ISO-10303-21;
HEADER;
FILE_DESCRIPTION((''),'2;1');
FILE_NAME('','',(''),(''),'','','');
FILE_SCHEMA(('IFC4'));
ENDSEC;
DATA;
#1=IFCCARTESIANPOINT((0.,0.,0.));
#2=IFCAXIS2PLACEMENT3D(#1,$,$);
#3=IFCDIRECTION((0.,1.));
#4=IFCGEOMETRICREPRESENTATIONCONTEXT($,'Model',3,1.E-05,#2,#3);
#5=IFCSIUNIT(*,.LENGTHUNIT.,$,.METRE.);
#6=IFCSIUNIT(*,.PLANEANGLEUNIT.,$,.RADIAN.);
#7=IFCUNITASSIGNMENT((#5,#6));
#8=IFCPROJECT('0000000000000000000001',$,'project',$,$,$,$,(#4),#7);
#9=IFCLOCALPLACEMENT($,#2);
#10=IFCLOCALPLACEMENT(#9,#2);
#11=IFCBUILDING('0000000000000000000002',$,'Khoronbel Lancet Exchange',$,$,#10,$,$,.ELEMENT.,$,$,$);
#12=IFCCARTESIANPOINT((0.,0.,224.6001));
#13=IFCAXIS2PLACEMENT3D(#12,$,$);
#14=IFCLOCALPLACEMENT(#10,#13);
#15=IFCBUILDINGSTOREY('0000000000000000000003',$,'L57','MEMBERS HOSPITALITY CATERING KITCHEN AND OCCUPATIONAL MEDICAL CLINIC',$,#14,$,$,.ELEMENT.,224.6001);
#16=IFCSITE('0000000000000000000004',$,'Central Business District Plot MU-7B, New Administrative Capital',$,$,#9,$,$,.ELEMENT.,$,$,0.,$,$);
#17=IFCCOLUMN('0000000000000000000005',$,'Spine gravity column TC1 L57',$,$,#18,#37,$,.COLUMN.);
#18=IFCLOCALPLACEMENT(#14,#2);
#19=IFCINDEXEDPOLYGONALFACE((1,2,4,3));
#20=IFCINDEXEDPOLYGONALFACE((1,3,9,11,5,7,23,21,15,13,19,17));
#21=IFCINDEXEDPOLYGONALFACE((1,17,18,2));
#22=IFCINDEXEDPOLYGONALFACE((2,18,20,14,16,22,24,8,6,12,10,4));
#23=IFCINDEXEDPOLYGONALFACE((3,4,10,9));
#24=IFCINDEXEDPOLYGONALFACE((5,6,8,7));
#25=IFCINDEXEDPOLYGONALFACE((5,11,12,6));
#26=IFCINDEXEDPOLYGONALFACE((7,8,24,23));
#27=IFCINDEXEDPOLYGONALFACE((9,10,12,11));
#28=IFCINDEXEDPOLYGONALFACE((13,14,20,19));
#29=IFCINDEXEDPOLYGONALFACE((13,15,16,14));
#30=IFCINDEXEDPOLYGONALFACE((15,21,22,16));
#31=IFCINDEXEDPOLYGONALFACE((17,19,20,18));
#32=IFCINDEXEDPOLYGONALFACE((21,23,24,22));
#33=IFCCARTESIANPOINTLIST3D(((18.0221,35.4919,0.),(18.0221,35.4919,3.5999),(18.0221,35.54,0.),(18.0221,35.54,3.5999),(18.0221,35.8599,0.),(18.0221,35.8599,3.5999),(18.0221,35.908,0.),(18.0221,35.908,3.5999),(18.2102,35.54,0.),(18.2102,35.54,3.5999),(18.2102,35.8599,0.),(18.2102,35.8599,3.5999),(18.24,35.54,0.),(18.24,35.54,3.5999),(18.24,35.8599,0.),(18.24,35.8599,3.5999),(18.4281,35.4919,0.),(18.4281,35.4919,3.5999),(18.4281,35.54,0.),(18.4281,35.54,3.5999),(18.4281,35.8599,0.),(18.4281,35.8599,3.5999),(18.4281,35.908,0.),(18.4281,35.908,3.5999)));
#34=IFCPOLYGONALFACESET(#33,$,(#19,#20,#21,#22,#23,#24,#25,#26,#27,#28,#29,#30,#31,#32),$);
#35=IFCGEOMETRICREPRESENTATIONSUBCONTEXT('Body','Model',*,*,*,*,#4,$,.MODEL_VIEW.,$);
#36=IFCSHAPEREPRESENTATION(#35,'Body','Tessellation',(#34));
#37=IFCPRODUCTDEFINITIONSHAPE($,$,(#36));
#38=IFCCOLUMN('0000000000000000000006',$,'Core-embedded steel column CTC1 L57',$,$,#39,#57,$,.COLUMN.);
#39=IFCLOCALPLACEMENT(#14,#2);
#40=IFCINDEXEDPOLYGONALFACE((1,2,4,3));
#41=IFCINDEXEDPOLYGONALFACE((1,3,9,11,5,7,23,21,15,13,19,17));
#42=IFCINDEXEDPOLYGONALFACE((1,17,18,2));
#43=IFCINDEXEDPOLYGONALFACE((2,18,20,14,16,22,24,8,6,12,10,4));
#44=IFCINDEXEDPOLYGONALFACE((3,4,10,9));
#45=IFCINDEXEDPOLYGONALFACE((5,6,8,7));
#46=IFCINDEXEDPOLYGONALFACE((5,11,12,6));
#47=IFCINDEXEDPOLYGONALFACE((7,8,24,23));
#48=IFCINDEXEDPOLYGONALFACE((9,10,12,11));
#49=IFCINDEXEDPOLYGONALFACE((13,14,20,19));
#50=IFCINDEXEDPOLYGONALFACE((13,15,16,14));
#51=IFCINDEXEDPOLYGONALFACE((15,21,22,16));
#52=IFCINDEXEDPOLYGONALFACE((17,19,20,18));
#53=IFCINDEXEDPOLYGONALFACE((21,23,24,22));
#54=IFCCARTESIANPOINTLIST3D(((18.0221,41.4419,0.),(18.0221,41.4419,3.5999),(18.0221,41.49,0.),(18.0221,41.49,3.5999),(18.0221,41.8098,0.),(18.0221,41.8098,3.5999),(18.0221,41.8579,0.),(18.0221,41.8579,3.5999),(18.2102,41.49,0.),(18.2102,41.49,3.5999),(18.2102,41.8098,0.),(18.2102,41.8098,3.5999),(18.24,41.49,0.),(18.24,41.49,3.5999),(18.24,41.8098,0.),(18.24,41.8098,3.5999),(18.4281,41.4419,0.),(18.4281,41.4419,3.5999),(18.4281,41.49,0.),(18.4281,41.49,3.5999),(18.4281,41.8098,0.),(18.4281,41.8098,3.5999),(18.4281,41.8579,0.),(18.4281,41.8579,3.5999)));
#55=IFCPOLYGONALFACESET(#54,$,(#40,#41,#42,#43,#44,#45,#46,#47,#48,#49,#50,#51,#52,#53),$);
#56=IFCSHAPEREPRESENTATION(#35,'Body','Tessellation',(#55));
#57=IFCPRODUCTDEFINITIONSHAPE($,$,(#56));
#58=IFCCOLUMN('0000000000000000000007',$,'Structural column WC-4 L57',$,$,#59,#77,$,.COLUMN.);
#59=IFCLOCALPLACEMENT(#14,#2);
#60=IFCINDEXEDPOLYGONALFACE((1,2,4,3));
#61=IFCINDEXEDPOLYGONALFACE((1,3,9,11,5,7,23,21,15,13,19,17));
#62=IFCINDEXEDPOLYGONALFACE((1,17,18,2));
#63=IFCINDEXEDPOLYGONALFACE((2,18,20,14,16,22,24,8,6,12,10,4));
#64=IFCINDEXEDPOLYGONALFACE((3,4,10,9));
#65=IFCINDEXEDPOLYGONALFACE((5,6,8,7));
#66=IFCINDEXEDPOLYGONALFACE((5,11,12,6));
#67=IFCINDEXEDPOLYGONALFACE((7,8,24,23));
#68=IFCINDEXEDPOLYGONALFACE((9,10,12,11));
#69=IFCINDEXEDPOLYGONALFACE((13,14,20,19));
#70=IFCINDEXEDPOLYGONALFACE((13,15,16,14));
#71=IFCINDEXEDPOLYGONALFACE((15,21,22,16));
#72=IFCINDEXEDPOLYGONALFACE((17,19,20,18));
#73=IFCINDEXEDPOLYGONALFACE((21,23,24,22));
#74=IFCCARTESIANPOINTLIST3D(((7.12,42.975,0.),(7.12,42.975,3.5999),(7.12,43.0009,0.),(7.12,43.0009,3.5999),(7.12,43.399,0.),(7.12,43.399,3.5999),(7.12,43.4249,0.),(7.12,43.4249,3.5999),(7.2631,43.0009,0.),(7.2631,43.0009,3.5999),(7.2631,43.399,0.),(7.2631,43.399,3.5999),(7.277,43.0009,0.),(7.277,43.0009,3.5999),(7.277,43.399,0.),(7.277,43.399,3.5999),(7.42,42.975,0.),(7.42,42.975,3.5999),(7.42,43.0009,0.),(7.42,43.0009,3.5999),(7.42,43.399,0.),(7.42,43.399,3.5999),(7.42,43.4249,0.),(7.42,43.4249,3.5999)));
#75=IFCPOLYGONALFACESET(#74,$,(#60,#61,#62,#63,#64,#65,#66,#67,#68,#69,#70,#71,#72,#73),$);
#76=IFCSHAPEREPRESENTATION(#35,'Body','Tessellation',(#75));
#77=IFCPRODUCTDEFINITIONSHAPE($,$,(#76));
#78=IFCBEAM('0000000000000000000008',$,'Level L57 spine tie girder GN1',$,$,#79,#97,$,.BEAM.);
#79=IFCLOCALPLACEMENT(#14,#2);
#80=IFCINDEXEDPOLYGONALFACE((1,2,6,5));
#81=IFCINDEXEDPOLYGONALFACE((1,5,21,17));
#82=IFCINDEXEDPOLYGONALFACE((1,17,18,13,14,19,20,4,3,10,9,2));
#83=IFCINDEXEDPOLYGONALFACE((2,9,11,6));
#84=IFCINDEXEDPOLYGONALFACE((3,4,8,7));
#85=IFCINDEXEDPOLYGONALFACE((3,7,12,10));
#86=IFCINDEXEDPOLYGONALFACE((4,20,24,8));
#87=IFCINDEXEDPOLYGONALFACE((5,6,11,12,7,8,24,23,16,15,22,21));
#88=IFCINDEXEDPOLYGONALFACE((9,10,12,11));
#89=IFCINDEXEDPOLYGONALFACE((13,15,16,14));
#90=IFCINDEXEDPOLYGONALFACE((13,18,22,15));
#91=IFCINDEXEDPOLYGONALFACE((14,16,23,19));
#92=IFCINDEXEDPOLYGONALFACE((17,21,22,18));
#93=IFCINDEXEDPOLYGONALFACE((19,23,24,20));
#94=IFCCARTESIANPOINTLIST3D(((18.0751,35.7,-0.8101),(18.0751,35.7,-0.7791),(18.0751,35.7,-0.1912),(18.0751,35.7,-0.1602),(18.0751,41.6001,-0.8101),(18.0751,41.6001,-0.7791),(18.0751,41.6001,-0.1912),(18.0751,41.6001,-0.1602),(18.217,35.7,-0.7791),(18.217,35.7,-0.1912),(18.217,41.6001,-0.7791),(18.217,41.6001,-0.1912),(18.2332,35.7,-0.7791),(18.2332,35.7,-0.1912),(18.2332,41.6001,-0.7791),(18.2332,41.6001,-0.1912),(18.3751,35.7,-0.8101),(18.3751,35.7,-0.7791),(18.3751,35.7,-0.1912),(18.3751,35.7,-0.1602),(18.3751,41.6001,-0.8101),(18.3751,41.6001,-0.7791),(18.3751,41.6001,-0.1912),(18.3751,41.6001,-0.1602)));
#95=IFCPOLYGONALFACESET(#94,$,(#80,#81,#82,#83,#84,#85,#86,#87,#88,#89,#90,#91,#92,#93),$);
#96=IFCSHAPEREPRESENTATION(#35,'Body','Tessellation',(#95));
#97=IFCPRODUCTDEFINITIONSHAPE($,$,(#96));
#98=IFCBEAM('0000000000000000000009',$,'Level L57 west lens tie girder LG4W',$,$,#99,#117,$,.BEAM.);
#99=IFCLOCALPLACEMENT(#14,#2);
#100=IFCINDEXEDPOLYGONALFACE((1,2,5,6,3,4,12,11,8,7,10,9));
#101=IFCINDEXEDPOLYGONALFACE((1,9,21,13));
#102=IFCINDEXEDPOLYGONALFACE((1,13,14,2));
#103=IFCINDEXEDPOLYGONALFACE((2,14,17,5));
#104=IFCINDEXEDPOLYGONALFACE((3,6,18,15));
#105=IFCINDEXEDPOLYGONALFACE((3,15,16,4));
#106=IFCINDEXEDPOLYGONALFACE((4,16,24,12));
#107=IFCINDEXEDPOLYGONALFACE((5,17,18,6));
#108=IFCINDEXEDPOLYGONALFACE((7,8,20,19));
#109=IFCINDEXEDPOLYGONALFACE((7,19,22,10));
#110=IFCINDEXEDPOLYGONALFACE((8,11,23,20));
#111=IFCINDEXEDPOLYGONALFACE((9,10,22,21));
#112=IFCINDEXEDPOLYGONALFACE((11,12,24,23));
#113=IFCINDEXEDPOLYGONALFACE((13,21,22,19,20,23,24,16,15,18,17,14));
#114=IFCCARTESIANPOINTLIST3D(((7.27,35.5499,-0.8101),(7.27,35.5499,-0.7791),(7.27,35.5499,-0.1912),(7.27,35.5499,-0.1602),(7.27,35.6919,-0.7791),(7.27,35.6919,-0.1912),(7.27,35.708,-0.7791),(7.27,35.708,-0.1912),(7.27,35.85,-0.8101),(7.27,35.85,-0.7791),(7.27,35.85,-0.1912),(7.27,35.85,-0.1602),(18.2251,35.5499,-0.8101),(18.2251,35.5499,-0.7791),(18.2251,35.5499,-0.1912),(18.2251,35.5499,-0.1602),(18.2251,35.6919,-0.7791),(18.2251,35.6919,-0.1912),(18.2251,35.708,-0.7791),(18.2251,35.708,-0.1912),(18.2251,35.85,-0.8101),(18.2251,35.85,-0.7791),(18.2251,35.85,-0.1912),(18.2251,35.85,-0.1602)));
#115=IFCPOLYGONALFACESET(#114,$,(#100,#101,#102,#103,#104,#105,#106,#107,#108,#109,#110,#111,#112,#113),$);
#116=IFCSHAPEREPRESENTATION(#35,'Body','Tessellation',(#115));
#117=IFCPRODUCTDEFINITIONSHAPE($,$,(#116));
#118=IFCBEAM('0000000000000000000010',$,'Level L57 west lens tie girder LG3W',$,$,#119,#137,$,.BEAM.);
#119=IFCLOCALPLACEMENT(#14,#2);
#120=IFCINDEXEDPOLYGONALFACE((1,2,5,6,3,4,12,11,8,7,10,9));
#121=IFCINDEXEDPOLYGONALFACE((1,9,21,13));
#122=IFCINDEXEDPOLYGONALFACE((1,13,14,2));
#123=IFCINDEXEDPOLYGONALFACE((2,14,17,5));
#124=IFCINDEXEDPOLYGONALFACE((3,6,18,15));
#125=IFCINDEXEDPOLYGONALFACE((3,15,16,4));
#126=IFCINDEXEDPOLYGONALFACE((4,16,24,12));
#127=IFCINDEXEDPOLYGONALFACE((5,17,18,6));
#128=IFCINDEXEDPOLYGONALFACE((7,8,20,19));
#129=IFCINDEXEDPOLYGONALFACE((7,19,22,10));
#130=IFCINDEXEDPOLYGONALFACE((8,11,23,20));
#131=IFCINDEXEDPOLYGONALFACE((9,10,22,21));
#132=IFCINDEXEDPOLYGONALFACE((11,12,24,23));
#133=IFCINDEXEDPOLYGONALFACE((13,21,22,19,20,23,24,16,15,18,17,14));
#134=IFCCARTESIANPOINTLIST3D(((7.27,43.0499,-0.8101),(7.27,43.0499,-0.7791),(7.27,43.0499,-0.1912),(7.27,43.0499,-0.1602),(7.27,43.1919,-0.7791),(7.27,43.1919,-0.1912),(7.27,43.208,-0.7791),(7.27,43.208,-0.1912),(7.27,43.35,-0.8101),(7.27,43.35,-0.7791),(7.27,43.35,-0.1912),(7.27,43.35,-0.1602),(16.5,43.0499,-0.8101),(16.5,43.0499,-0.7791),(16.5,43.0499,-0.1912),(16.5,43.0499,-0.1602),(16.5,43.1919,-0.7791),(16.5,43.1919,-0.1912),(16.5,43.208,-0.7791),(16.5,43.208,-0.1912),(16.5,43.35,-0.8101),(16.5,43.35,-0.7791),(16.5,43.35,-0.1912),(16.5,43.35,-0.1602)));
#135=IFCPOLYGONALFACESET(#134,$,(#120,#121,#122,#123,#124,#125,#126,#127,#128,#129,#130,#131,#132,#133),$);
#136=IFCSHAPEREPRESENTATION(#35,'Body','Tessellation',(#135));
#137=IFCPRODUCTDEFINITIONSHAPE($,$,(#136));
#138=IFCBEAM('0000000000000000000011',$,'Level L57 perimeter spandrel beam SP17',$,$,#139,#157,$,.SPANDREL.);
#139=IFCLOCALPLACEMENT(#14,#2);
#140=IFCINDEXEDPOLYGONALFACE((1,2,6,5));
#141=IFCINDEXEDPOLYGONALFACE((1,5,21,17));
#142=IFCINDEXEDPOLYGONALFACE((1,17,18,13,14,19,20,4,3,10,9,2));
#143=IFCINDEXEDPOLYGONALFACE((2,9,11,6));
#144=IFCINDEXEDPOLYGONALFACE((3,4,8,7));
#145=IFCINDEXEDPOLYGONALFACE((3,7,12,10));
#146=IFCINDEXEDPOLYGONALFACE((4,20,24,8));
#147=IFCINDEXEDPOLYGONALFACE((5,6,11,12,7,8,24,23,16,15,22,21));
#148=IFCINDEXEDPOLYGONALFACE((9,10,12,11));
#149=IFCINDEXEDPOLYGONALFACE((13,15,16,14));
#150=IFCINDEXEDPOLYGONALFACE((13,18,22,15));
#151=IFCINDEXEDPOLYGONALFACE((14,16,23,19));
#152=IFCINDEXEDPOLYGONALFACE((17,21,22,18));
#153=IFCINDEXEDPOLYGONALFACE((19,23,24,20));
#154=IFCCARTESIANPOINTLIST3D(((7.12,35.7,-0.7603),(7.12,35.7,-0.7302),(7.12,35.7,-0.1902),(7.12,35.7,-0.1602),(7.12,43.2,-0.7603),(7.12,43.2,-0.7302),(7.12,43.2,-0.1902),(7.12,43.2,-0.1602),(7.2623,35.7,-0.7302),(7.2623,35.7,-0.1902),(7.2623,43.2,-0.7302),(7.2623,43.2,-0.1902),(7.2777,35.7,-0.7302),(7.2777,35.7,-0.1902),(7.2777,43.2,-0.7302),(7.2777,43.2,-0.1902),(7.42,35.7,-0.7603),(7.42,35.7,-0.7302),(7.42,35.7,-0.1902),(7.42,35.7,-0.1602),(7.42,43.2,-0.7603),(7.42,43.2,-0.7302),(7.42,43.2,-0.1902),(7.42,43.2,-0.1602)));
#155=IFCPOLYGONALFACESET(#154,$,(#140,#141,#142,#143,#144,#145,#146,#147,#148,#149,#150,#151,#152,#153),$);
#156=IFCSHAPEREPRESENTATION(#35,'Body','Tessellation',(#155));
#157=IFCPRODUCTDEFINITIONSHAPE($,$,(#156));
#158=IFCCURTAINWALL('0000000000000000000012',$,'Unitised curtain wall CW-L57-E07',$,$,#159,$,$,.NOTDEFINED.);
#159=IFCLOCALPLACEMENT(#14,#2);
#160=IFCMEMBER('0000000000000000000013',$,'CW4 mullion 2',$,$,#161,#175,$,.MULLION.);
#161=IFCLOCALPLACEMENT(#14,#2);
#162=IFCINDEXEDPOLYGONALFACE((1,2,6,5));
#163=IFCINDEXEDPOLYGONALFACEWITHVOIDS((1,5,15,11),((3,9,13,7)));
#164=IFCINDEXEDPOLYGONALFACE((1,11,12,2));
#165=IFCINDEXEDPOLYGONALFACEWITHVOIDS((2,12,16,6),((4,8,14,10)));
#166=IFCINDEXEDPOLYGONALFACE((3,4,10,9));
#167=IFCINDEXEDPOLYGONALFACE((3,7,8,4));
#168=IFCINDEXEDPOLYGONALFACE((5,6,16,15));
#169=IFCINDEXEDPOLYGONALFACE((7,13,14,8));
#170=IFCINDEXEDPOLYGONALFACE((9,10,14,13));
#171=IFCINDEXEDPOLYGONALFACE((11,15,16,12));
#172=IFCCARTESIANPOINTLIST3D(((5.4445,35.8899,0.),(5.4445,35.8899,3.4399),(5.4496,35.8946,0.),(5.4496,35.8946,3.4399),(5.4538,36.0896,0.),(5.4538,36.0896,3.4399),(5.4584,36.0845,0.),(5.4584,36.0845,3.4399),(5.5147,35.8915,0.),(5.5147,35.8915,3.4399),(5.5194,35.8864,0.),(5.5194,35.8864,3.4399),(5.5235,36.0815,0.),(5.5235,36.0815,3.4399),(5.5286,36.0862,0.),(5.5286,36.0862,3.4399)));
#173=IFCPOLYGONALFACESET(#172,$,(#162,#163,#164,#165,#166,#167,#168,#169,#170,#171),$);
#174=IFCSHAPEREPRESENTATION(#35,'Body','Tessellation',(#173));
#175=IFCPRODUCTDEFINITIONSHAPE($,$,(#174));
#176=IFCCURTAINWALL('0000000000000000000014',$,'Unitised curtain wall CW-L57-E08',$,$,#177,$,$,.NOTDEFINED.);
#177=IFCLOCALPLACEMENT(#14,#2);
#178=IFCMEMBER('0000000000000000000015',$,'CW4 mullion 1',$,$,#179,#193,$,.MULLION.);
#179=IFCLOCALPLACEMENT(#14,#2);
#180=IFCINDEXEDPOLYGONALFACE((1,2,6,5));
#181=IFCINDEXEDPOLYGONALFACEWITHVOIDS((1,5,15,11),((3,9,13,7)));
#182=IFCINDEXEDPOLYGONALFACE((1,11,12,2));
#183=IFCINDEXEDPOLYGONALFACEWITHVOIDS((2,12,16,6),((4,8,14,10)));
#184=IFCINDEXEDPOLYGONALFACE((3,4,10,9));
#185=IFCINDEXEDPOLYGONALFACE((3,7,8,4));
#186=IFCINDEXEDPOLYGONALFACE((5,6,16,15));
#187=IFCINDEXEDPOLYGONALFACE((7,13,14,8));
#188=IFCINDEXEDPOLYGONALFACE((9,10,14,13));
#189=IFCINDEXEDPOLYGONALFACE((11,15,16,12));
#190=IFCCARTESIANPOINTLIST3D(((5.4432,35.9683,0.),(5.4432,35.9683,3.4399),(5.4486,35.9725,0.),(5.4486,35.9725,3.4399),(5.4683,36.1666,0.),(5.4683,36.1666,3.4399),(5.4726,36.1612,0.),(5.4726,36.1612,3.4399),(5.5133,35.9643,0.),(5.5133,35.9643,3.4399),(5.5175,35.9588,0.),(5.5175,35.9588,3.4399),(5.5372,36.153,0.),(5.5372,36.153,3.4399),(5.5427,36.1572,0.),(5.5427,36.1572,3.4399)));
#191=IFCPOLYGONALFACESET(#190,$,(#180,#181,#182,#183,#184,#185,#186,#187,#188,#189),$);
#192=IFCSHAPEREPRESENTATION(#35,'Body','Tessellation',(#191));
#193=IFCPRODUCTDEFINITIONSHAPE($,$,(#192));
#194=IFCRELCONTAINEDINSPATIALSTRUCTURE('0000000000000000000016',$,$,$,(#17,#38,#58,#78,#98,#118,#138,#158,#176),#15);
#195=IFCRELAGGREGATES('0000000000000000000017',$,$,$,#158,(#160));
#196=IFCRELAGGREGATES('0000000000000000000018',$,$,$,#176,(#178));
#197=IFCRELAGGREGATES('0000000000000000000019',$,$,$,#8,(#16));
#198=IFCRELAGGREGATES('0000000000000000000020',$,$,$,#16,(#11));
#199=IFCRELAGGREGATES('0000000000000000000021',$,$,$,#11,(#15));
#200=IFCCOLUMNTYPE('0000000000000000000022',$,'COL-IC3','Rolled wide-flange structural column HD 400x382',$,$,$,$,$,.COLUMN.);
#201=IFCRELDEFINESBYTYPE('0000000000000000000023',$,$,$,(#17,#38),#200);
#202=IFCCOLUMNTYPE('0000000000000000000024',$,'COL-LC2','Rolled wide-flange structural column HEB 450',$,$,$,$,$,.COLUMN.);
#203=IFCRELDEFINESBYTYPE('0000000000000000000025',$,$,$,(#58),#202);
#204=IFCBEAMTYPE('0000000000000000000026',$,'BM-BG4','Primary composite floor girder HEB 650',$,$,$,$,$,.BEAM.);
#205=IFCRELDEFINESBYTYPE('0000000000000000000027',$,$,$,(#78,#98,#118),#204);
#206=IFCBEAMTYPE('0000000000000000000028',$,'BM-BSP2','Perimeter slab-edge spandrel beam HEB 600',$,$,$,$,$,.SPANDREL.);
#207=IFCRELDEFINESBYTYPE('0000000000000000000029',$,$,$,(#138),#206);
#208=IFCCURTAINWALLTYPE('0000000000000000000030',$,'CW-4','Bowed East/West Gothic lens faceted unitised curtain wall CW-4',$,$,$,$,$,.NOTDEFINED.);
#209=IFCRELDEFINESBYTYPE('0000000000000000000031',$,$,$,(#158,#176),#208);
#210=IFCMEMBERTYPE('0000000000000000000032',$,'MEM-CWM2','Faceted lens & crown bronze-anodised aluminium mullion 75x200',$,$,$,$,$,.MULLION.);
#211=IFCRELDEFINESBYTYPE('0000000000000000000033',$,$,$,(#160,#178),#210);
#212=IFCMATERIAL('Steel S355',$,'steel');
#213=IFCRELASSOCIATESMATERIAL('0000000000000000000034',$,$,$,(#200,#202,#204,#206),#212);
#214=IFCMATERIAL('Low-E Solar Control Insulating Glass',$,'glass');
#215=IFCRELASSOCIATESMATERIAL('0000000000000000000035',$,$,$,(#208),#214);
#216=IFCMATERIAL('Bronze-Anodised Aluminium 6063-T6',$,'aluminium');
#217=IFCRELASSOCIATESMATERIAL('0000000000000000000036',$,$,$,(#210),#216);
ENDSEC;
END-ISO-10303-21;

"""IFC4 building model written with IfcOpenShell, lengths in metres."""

from ifc_helpers import new_model, si_unit, direction, frame, origin, origin_2d, place, context, subcontext, project, spatial, hollow_rectangle, i_section, extrude, material, material_profile, profile_set, type_object, element, aggregate, save


model = new_model("IFC4")

# Units and contexts
model_context = context("Model", 3, precision=1e-05, world=origin(), true_north=direction((0.0, 1.0)))
body_context = subcontext(model_context, "Body", "Model", "MODEL_VIEW")
ifc_project = project(units=[si_unit("LENGTHUNIT", "METRE"), si_unit("PLANEANGLEUNIT", "RADIAN")], contexts=[model_context])

# Site, building, storey
site_placement = place(None, origin())
site = spatial("IfcSite", under=ifc_project, at=site_placement, Name="Central Business District Plot MU-7B, New Administrative Capital", CompositionType="ELEMENT", RefElevation=0.0)
building_placement = place(site_placement, origin())
building = spatial("IfcBuilding", under=site, at=building_placement, Name="Khoronbel Lancet Exchange", CompositionType="ELEMENT")
storey_placement = place(building_placement, frame((0.0, 0.0, 224.6001)))
storey = spatial("IfcBuildingStorey", under=building, at=storey_placement, Name="L57", Description="MEMBERS HOSPITALITY CATERING KITCHEN AND OCCUPATIONAL MEDICAL CLINIC", CompositionType="ELEMENT", Elevation=224.6001)

# Columns
ifc_material_1 = material(Name="Steel S355", Category="steel")
ifc_material_profile_1 = material_profile(ifc_material_1, i_section(OverallWidth=0.406, OverallDepth=0.416, WebThickness=0.0298, FlangeThickness=0.0481, at=origin_2d()), Name="HD 400x382")
ifc_profile_set_1 = profile_set([ifc_material_profile_1], Name="Steel S355")
column_type_1 = type_object("IfcColumnType", Name="COL-IC3", Description="Rolled wide-flange structural column HD 400x382", PredefinedType="COLUMN", material=ifc_profile_set_1)
for number, where, z_axis, x_axis, name in (
    (1, (18.2251, 35.7, 0.0), (0.0, 0.0, 1.0), (1.0, 0.0, 0.0), "Spine gravity column TC1 L57"),
    (2, (18.2251, 41.6499, 0.0), (0.0, 0.0, 1.0), (1.0, 0.0, 0.0), "Core-embedded steel column CTC1 L57"),
):
    element("IfcColumn", number, at=place(storey_placement, frame(where, z_axis=z_axis, x_axis=x_axis)), inside=storey, type_object=column_type_1, Name=name, PredefinedType="COLUMN", context=body_context, shape_type="SweptSolid", body=[
        extrude(i_section(OverallWidth=0.406, OverallDepth=0.416, WebThickness=0.0298, FlangeThickness=0.0481, at=origin_2d()), origin(), (0.0, 0.0, 1.0), 3.5999),
    ])
ifc_material_profile_2 = material_profile(ifc_material_1, i_section(OverallWidth=0.3, OverallDepth=0.45, WebThickness=0.0139, FlangeThickness=0.0259, at=origin_2d()), Name="HEB 450")
ifc_profile_set_2 = profile_set([ifc_material_profile_2], Name="Steel S355")
column_type_2 = type_object("IfcColumnType", Name="COL-LC2", Description="Rolled wide-flange structural column HEB 450", PredefinedType="COLUMN", material=ifc_profile_set_2)
column_placement = place(storey_placement, frame((7.27, 43.2, 0.0), z_axis=(0.0, 0.0, 1.0), x_axis=(1.0, 0.0, 0.0)))
element("IfcColumn", 3, at=column_placement, inside=storey, type_object=column_type_2, Name="Structural column WC-4 L57", PredefinedType="COLUMN", context=body_context, shape_type="SweptSolid", body=[
    extrude(i_section(OverallWidth=0.3, OverallDepth=0.45, WebThickness=0.0139, FlangeThickness=0.0259, at=origin_2d()), origin(), (0.0, 0.0, 1.0), 3.5999),
])

# Beams
ifc_material_profile_3 = material_profile(ifc_material_1, i_section(OverallWidth=0.3, OverallDepth=0.6499, WebThickness=0.0161, FlangeThickness=0.031, at=origin_2d()), Name="HEB 650")
ifc_profile_set_3 = profile_set([ifc_material_profile_3], Name="Steel S355")
beam_type_1 = type_object("IfcBeamType", Name="BM-BG4", Description="Primary composite floor girder HEB 650", PredefinedType="BEAM", material=ifc_profile_set_3)
beam_1_placement = place(storey_placement, frame((18.2251, 35.7, -0.4851), z_axis=(0.0, 1.0, 0.0), x_axis=(-1.0, 0.0, 0.0)))
element("IfcBeam", 4, at=beam_1_placement, inside=storey, type_object=beam_type_1, Name="Level L57 spine tie girder GN1", PredefinedType="BEAM", context=body_context, shape_type="SweptSolid", body=[
    extrude(i_section(OverallWidth=0.3, OverallDepth=0.6499, WebThickness=0.0161, FlangeThickness=0.031, at=origin_2d()), origin(), (0.0, 0.0, 1.0), 5.9001),
])
beam_2_placement = place(storey_placement, frame((7.27, 35.7, -0.4851), z_axis=(1.0, 0.0, 0.0), x_axis=(0.0, 1.0, 0.0)))
element("IfcBeam", 5, at=beam_2_placement, inside=storey, type_object=beam_type_1, Name="Level L57 west lens tie girder LG4W", PredefinedType="BEAM", context=body_context, shape_type="SweptSolid", body=[
    extrude(i_section(OverallWidth=0.3, OverallDepth=0.6499, WebThickness=0.0161, FlangeThickness=0.031, at=origin_2d()), origin(), (0.0, 0.0, 1.0), 10.9551),
])
beam_3_placement = place(storey_placement, frame((7.27, 43.2, -0.4851), z_axis=(1.0, 0.0, 0.0), x_axis=(0.0, 1.0, 0.0)))
element("IfcBeam", 6, at=beam_3_placement, inside=storey, type_object=beam_type_1, Name="Level L57 west lens tie girder LG3W", PredefinedType="BEAM", context=body_context, shape_type="SweptSolid", body=[
    extrude(i_section(OverallWidth=0.3, OverallDepth=0.6499, WebThickness=0.0161, FlangeThickness=0.031, at=origin_2d()), origin(), (0.0, 0.0, 1.0), 9.23),
])
ifc_material_profile_4 = material_profile(ifc_material_1, i_section(OverallWidth=0.3, OverallDepth=0.6001, WebThickness=0.0154, FlangeThickness=0.03, at=origin_2d()), Name="HEB 600")
ifc_profile_set_4 = profile_set([ifc_material_profile_4], Name="Steel S355")
beam_type_2 = type_object("IfcBeamType", Name="BM-BSP2", Description="Perimeter slab-edge spandrel beam HEB 600", PredefinedType="SPANDREL", material=ifc_profile_set_4)
beam_4_placement = place(storey_placement, frame((7.27, 43.2, -0.4602), z_axis=(0.0, -1.0, 0.0), x_axis=(1.0, 0.0, 0.0)))
element("IfcBeam", 7, at=beam_4_placement, inside=storey, type_object=beam_type_2, Name="Level L57 perimeter spandrel beam SP17", PredefinedType="SPANDREL", context=body_context, shape_type="SweptSolid", body=[
    extrude(i_section(OverallWidth=0.3, OverallDepth=0.6001, WebThickness=0.0154, FlangeThickness=0.03, at=origin_2d()), origin(), (0.0, 0.0, 1.0), 7.5),
])

# Curtain wall, member
ifc_material_2 = material(Name="Low-E Solar Control Insulating Glass", Category="glass")
curtain_wall_type = type_object("IfcCurtainWallType", Name="CW-4", Description="Bowed East/West Gothic lens faceted unitised curtain wall CW-4", PredefinedType="NOTDEFINED", material=ifc_material_2)
curtain_wall_1_placement = place(storey_placement, origin())
curtain_wall_1 = element("IfcCurtainWall", 8, at=curtain_wall_1_placement, inside=storey, type_object=curtain_wall_type, Name="Unitised curtain wall CW-L57-E07", PredefinedType="NOTDEFINED")
ifc_material_3 = material(Name="Bronze-Anodised Aluminium 6063-T6", Category="aluminium")
ifc_material_profile_5 = material_profile(ifc_material_3, hollow_rectangle(XDim=0.075, YDim=0.2, WallThickness=0.0049, at=origin_2d()), Name="ALU MULLION 75x200")
ifc_profile_set_5 = profile_set([ifc_material_profile_5], Name="Bronze-Anodised Aluminium 6063-T6")
member_type_1 = type_object("IfcMemberType", Name="MEM-CWM2", Description="Faceted lens & crown bronze-anodised aluminium mullion 75x200", PredefinedType="MULLION", material=ifc_profile_set_5)
member_1_placement = place(storey_placement, frame((5.4866, 35.988, 0.0), z_axis=(0.0, 0.0, 1.0), x_axis=(-0.998923, 0.046391, 0.0)))
member_1 = element("IfcMember", 9, at=member_1_placement, type_object=member_type_1, Name="CW4 mullion 2", PredefinedType="MULLION", context=body_context, shape_type="SweptSolid", body=[
    extrude(hollow_rectangle(XDim=0.075, YDim=0.2, WallThickness=0.0049, at=origin_2d()), origin(), (0.0, 0.0, 1.0), 3.4399),
])
aggregate(curtain_wall_1, [member_1])

# Curtain wall, member
curtain_wall_2_placement = place(storey_placement, origin())
curtain_wall_2 = element("IfcCurtainWall", 10, at=curtain_wall_2_placement, inside=storey, type_object=curtain_wall_type, Name="Unitised curtain wall CW-L57-E08", PredefinedType="NOTDEFINED")
member_2_placement = place(storey_placement, frame((5.4929, 36.0627, 0.0), z_axis=(0.0, 0.0, 1.0), x_axis=(-0.99204, 0.125921, 0.0)))
member_2 = element("IfcMember", 11, at=member_2_placement, type_object=member_type_1, Name="CW4 mullion 1", PredefinedType="MULLION", context=body_context, shape_type="SweptSolid", body=[
    extrude(hollow_rectangle(XDim=0.075, YDim=0.2, WallThickness=0.0049, at=origin_2d()), origin(), (0.0, 0.0, 1.0), 3.4399),
])

aggregate(curtain_wall_2, [member_2])

save(model, "model.ifc")
